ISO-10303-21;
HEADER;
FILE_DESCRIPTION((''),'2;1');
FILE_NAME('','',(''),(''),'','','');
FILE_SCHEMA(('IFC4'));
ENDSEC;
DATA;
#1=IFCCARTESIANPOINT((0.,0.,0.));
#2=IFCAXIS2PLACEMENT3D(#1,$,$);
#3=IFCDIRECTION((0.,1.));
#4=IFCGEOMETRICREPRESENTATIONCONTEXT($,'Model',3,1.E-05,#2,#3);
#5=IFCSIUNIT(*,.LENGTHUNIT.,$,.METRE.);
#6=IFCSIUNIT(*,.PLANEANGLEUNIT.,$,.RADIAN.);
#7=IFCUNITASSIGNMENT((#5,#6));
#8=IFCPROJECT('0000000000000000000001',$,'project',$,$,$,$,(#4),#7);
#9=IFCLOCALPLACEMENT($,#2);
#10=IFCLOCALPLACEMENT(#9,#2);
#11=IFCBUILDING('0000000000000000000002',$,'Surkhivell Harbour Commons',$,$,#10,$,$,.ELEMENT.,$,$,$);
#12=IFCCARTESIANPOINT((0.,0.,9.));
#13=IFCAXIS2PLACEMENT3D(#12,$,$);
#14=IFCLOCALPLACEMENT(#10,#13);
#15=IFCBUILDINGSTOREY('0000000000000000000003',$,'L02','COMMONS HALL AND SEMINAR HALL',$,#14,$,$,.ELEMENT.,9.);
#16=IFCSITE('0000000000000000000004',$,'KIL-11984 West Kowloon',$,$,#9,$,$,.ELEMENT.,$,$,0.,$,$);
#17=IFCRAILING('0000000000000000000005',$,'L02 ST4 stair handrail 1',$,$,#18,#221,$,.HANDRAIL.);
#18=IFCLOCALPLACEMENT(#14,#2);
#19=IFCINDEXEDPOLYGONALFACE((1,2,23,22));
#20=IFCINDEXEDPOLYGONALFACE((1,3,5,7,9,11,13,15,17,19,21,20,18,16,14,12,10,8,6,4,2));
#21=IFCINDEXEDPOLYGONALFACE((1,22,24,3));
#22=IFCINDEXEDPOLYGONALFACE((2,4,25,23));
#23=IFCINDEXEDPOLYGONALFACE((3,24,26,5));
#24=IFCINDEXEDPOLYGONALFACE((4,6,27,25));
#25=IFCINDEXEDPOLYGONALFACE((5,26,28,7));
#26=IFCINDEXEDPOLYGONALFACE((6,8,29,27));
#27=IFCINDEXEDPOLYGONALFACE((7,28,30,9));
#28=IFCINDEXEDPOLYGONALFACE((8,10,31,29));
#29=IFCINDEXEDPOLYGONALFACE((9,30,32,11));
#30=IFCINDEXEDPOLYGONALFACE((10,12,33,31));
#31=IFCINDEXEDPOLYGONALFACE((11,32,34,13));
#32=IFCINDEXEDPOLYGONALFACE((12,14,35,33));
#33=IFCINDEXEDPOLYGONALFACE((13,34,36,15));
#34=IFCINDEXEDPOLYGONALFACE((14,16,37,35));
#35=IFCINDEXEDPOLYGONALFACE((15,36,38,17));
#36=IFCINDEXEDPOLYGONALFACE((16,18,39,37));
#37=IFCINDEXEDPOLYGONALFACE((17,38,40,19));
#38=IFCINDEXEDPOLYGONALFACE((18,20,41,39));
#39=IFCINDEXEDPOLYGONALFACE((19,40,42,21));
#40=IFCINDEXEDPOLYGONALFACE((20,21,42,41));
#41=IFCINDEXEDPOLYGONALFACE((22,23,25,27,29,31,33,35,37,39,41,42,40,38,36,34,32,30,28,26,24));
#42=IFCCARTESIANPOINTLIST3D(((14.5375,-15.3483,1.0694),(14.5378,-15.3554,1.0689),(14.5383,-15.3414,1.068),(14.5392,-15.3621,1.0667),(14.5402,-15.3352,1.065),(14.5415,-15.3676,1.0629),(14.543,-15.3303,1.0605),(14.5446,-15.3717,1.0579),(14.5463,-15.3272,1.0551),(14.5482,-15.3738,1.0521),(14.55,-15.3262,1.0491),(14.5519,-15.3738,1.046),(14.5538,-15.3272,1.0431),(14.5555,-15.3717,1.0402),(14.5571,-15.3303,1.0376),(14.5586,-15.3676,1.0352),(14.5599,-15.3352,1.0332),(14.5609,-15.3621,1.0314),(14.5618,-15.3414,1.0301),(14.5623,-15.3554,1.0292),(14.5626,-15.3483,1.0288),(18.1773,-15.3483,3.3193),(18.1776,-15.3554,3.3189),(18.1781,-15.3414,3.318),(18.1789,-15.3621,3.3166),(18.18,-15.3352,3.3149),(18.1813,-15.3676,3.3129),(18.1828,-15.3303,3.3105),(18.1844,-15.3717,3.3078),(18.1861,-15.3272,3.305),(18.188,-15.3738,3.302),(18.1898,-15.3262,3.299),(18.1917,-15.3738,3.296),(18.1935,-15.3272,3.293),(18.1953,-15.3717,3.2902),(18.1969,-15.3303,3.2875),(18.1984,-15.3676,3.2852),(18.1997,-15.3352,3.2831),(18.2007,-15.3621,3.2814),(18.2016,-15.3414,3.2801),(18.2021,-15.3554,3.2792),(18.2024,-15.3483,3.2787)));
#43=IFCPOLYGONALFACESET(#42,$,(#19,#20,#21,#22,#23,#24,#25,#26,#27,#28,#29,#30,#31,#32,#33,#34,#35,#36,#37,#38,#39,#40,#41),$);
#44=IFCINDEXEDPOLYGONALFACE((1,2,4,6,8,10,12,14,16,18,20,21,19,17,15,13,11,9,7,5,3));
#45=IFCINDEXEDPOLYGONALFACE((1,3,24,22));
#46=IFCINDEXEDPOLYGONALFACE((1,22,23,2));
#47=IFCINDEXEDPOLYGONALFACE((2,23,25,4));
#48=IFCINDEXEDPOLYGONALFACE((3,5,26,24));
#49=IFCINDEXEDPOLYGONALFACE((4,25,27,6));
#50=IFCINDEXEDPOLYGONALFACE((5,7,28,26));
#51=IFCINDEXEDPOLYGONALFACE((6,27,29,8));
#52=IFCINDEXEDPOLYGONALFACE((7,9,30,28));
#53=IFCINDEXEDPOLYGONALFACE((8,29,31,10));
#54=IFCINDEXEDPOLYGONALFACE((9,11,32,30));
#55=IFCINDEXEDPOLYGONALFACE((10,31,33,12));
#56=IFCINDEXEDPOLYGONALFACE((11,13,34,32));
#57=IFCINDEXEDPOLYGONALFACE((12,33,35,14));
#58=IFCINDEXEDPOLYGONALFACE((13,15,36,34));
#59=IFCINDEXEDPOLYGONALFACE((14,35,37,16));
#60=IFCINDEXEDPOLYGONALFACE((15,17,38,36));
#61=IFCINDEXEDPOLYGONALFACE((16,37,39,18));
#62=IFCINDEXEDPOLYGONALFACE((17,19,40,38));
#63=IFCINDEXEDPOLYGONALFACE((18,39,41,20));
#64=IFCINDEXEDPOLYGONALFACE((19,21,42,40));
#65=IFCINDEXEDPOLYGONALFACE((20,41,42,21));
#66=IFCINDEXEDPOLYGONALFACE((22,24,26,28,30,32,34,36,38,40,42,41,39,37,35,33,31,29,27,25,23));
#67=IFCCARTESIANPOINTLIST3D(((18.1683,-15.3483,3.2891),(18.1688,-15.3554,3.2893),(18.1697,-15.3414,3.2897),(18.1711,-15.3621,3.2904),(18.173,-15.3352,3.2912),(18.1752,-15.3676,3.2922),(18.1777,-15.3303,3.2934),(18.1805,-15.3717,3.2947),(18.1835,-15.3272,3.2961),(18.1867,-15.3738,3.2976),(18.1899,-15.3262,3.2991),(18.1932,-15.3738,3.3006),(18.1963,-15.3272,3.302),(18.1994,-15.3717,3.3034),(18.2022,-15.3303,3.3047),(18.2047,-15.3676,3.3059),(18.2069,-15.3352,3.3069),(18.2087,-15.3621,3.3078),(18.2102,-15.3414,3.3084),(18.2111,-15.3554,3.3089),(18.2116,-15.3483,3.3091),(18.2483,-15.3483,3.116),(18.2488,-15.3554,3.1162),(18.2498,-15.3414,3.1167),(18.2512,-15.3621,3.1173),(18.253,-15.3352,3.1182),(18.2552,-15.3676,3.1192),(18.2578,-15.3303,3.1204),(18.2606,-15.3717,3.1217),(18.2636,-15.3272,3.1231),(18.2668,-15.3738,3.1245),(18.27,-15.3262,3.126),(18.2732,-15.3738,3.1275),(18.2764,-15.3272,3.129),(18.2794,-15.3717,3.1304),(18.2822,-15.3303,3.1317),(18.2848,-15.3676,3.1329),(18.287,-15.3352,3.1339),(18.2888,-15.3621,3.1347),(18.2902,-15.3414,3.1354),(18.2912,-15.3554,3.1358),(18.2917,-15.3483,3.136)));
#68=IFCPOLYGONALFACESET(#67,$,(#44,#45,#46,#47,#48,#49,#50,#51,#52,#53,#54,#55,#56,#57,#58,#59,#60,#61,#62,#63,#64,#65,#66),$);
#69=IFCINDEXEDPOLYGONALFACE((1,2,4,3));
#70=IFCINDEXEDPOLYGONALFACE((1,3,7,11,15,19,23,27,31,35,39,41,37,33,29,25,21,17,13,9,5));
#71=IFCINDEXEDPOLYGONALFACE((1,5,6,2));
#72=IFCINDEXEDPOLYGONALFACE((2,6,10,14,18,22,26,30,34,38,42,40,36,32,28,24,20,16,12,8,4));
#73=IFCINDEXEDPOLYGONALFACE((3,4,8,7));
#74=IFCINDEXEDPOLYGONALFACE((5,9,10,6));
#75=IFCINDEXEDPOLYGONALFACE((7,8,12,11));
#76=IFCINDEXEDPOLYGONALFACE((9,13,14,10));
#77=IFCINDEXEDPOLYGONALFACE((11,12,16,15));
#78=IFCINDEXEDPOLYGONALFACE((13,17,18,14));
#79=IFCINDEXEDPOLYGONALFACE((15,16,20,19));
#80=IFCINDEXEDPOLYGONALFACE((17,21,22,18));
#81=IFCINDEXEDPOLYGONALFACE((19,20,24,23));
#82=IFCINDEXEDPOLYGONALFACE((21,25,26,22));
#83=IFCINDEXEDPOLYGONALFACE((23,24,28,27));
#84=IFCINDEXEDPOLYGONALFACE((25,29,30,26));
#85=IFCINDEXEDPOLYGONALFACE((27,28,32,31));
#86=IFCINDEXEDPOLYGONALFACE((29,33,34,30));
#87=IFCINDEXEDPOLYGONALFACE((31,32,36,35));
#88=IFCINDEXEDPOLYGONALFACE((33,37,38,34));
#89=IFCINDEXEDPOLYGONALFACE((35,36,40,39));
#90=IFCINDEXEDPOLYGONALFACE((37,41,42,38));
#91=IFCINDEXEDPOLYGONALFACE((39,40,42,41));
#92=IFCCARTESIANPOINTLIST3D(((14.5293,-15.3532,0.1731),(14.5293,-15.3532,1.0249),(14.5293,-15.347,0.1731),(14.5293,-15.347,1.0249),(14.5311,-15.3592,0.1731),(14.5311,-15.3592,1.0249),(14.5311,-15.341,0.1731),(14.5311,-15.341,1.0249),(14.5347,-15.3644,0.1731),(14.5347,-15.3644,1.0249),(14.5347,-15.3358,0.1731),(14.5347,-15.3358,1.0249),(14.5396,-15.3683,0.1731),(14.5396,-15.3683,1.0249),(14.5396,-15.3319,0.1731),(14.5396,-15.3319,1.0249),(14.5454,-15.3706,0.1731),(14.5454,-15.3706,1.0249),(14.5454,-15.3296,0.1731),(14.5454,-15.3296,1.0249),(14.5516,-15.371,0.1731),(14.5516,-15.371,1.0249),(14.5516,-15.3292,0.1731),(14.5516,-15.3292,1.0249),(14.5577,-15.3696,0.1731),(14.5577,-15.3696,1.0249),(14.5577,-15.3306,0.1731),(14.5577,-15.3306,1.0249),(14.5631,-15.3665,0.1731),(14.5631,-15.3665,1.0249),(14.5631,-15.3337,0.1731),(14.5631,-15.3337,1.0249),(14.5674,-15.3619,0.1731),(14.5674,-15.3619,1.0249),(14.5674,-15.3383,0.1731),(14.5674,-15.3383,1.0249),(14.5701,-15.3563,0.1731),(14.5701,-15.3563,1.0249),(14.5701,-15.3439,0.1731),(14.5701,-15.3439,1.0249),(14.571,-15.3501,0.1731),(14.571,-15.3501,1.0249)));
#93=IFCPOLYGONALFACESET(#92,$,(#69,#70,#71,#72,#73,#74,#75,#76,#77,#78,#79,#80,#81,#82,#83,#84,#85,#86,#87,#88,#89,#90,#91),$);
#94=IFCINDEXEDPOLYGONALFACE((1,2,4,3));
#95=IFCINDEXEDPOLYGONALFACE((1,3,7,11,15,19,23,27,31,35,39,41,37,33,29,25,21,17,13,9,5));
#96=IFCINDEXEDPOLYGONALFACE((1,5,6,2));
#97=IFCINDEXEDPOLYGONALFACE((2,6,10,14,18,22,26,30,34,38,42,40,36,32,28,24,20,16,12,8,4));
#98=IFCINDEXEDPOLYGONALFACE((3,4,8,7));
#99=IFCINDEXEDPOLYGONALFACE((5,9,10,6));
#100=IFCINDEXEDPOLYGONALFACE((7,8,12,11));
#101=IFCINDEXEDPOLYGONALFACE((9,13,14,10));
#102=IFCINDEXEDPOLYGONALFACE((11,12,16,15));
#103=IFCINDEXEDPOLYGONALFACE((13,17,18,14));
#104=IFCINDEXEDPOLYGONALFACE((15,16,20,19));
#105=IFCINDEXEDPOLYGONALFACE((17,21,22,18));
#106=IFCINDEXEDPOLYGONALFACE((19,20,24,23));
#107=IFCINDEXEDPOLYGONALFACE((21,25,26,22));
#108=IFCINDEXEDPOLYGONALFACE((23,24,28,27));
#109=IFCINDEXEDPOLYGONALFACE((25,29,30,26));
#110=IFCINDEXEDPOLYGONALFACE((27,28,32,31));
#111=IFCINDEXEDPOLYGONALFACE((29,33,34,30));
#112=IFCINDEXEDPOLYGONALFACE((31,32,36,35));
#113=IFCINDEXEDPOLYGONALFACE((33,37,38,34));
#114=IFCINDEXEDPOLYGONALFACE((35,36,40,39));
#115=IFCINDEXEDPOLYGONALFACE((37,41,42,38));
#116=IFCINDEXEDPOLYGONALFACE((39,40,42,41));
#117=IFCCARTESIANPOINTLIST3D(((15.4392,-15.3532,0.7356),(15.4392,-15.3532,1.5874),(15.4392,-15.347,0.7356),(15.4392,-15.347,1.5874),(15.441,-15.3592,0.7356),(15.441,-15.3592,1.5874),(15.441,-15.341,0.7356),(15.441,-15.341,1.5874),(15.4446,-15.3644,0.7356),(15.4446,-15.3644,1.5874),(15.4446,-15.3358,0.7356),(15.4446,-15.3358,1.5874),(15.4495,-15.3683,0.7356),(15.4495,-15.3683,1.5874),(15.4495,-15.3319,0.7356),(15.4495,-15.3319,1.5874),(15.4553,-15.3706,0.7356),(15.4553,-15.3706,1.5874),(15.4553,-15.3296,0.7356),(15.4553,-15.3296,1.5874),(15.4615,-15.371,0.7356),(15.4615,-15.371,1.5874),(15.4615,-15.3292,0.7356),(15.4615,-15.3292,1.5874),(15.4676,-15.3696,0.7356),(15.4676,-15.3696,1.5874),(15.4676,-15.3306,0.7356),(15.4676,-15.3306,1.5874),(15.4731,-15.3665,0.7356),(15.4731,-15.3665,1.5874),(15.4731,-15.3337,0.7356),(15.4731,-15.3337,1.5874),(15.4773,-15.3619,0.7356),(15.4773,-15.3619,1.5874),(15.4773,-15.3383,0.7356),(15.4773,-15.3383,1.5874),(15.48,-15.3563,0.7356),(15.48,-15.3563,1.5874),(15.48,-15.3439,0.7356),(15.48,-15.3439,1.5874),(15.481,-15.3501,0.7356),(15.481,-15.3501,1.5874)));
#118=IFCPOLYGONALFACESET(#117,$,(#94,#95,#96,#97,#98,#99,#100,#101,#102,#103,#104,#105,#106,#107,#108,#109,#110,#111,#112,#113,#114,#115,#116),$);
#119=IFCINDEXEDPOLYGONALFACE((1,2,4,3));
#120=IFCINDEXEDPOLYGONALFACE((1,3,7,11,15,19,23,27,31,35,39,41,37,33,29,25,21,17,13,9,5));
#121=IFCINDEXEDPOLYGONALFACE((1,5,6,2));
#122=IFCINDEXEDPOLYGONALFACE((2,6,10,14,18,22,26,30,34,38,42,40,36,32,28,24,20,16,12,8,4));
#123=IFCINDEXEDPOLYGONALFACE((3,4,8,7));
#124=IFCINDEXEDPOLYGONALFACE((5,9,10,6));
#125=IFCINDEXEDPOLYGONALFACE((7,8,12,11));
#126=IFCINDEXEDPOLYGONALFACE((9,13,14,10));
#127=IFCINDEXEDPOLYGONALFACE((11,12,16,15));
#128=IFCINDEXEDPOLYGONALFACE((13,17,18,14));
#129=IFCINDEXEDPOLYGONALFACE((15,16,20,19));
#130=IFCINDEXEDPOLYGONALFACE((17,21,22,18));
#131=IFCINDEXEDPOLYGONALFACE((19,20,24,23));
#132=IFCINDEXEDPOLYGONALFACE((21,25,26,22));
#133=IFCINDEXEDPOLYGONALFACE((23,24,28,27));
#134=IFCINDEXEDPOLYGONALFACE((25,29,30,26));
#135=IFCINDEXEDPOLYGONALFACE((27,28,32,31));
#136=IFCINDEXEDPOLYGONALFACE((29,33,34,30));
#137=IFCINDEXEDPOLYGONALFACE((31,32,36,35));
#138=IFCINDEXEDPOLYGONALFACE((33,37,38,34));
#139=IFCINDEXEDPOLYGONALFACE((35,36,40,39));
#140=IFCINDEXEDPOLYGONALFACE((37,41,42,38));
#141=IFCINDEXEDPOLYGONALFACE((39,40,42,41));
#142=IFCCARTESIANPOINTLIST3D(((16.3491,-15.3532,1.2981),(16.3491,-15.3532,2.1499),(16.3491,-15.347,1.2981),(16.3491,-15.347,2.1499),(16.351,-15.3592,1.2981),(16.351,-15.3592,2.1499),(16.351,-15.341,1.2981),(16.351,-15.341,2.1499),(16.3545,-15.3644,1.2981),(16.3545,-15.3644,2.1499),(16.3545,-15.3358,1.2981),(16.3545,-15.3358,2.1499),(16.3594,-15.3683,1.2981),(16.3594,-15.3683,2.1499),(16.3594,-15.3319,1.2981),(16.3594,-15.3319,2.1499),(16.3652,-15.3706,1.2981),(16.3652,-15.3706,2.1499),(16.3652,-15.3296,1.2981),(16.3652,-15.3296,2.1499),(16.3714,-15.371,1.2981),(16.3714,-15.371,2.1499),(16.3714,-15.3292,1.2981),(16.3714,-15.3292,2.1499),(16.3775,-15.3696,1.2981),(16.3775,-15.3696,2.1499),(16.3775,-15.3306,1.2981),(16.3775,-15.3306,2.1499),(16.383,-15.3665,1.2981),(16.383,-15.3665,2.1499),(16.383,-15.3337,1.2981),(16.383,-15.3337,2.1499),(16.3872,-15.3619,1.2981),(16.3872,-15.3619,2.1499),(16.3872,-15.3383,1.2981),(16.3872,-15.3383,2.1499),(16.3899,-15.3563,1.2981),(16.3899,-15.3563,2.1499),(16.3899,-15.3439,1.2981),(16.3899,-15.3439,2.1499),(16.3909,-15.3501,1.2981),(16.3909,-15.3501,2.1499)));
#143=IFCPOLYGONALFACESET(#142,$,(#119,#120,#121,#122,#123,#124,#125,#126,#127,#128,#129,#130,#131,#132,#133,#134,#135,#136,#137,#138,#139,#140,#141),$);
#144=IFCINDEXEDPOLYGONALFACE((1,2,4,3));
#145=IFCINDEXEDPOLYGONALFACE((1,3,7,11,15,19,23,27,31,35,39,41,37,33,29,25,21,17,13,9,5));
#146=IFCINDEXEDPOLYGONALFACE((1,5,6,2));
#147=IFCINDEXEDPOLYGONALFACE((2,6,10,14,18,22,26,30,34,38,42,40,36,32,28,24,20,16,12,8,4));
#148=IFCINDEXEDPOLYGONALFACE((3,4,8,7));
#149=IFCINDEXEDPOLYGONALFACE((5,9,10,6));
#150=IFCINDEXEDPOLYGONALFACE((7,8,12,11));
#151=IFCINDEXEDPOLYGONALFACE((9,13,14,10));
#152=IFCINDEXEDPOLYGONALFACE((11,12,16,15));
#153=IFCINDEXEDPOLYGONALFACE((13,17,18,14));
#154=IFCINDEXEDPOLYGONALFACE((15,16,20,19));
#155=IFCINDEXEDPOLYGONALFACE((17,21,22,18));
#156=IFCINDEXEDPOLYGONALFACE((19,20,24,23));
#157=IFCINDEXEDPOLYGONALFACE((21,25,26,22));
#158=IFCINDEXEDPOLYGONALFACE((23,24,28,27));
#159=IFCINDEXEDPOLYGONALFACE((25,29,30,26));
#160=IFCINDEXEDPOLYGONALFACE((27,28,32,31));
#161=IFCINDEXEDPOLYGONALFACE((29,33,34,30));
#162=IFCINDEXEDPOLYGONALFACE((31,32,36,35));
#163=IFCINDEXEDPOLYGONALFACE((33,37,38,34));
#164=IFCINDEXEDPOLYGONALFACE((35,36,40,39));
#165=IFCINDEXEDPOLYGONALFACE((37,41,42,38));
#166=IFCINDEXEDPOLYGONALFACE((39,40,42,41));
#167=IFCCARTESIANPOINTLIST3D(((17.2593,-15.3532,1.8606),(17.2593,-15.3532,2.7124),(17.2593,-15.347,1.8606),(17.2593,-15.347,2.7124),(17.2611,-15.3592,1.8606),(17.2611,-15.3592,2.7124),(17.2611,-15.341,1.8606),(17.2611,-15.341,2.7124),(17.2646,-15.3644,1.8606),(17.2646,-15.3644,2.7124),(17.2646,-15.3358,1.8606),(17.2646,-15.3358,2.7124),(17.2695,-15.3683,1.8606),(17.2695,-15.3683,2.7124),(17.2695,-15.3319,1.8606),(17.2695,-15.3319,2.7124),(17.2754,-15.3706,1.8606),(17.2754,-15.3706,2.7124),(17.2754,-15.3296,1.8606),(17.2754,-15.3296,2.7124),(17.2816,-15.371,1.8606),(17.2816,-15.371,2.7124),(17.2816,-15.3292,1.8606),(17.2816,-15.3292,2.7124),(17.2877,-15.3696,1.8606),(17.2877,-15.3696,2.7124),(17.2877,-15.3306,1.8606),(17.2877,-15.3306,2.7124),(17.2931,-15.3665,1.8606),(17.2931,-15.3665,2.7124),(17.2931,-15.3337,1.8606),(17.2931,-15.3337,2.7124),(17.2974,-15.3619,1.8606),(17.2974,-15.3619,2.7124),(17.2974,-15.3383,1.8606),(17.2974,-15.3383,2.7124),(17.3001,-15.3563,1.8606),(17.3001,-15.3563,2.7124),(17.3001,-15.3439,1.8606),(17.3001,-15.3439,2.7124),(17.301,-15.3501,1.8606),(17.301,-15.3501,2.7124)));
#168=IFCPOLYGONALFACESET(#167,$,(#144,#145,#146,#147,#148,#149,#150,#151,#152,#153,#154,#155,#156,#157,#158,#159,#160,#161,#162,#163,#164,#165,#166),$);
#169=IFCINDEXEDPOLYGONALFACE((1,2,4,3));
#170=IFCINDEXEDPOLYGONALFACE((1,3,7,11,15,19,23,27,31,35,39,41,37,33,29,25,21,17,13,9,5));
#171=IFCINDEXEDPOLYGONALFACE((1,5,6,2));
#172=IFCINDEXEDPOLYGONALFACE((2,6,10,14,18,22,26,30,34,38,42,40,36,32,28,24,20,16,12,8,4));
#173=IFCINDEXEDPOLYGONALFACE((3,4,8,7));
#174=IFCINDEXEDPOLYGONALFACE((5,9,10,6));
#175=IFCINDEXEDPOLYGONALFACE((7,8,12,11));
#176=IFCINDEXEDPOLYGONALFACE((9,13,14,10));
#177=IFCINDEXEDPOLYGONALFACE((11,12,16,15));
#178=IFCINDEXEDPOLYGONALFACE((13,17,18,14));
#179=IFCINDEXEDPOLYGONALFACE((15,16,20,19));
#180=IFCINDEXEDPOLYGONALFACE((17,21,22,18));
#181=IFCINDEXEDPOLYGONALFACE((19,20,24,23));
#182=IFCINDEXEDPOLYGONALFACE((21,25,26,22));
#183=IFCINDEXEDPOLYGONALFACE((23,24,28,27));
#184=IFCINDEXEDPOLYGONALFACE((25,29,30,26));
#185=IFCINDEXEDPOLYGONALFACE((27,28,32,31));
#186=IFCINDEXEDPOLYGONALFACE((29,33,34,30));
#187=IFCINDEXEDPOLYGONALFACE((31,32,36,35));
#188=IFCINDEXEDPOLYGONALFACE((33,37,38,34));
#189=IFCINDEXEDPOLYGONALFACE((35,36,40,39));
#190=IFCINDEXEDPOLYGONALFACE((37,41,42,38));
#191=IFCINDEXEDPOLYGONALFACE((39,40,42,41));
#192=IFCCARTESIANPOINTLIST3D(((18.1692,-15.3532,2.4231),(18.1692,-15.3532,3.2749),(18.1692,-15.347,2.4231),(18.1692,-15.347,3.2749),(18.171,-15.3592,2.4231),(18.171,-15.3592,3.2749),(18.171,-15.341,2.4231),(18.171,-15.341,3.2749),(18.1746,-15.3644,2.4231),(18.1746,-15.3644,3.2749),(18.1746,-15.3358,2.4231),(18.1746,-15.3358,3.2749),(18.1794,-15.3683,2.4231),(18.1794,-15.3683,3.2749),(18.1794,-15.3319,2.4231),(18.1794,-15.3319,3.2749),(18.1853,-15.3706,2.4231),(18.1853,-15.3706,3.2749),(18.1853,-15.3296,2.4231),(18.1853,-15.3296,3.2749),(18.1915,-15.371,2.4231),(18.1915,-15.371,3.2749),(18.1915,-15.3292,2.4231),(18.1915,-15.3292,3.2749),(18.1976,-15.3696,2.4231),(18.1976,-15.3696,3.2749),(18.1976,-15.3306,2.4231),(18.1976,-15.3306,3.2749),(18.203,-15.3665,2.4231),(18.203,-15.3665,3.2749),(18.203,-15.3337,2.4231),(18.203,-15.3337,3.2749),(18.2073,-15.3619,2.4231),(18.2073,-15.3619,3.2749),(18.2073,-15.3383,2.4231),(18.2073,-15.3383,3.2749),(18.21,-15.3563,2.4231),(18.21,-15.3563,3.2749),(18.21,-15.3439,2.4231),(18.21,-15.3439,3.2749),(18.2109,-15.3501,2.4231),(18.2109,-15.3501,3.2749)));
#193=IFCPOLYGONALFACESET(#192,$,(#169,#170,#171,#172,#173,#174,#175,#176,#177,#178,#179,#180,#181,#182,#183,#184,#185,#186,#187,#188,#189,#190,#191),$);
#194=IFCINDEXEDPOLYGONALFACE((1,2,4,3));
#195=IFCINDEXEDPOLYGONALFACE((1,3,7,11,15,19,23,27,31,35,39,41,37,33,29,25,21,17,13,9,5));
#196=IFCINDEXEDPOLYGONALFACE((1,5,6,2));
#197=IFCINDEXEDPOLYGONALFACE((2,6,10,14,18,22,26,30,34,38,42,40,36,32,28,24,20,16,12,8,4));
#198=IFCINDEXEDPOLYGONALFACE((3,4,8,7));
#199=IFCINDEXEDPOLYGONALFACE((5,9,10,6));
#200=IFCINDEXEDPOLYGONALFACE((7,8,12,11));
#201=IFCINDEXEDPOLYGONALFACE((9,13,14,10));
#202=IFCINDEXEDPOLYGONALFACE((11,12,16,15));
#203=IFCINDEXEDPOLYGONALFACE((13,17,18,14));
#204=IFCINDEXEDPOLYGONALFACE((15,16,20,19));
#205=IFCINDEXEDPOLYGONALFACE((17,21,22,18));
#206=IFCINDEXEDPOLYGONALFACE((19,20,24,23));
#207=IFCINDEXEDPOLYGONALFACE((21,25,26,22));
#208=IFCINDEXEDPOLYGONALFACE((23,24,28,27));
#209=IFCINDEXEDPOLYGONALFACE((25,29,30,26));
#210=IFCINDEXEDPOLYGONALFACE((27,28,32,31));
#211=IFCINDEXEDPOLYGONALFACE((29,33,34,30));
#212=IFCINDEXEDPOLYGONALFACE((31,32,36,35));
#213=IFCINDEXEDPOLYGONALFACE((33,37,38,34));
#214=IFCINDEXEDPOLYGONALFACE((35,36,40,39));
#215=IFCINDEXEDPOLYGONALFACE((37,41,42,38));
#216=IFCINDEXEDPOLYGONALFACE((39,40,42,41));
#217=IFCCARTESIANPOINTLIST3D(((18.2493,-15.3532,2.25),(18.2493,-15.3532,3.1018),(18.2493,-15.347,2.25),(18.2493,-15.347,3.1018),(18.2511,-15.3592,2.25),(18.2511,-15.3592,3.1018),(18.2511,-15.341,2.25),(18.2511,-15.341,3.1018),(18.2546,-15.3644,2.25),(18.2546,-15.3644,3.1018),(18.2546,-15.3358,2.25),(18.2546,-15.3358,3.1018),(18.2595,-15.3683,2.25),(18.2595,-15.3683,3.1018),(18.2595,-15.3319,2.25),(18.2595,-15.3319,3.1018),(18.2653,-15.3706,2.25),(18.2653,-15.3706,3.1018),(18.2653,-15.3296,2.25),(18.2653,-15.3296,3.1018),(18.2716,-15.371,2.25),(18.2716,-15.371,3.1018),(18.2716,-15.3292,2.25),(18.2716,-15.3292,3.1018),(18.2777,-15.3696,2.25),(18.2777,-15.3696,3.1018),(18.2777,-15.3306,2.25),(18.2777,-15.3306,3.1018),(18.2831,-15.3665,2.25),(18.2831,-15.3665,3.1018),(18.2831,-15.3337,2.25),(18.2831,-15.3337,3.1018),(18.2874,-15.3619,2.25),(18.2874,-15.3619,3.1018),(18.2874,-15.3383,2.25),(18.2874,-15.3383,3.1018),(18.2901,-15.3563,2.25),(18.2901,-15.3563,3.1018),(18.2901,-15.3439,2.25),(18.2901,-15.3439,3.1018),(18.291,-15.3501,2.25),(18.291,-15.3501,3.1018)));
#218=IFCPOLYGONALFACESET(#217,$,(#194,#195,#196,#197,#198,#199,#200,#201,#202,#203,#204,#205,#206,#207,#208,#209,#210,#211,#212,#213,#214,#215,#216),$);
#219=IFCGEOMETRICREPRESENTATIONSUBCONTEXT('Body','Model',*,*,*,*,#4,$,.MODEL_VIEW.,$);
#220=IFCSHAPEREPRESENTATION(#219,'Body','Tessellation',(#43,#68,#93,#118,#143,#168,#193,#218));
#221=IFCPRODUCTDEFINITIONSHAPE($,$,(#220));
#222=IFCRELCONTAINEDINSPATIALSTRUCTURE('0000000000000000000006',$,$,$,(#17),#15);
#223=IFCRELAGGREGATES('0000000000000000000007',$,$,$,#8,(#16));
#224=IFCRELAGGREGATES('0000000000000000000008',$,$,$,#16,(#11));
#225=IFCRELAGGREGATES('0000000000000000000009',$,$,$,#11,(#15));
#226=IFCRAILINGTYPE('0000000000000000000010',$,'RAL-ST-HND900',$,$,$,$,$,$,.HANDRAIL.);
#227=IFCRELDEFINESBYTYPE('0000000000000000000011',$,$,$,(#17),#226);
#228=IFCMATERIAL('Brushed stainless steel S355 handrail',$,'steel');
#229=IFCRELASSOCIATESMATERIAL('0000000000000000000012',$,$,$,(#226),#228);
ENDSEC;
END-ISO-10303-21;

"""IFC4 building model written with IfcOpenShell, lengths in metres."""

from ifc_helpers import new_model, si_unit, direction, frame, origin, origin_2d, place, context, subcontext, project, spatial, circle, extrude, material, type_object, element, save


model = new_model("IFC4")

# Units and contexts
model_context = context("Model", 3, precision=1e-05, world=origin(), true_north=direction((0.0, 1.0)))
body_context = subcontext(model_context, "Body", "Model", "MODEL_VIEW")
ifc_project = project(units=[si_unit("LENGTHUNIT", "METRE"), si_unit("PLANEANGLEUNIT", "RADIAN")], contexts=[model_context])

# Site, building, storey
site_placement = place(None, origin())
site = spatial("IfcSite", under=ifc_project, at=site_placement, Name="KIL-11984 West Kowloon", CompositionType="ELEMENT", RefElevation=0.0)
building_placement = place(site_placement, origin())
building = spatial("IfcBuilding", under=site, at=building_placement, Name="Surkhivell Harbour Commons", CompositionType="ELEMENT")
storey_placement = place(building_placement, frame((0.0, 0.0, 9.0)))
storey = spatial("IfcBuildingStorey", under=building, at=storey_placement, Name="L02", Description="COMMONS HALL AND SEMINAR HALL", CompositionType="ELEMENT", Elevation=9.0)

# Railing
ifc_material_1 = material(Name="Brushed stainless steel S355 handrail", Category="steel")
railing_type_1 = type_object("IfcRailingType", Name="RAL-ST-HND900", PredefinedType="HANDRAIL", material=ifc_material_1)
railing_1_placement = place(storey_placement, frame((14.55, -15.3501, 0.1731)))
element("IfcRailing", 1, at=railing_1_placement, inside=storey, type_object=railing_type_1, Name="L02 ST4 stair handrail 1", PredefinedType="HANDRAIL", context=body_context, shape_type="SweptSolid", body=[
    extrude(circle(Radius=0.0239, at=origin_2d()), frame((0.0, 0.0, 0.876), z_axis=(0.850607, 0.0, 0.525803), x_axis=(0.0, 1.0, 0.0)), (0.0, 0.0, 1.0), 4.2791),
    extrude(circle(Radius=0.0239, at=origin_2d()), frame((3.6399, 0.0, 3.126), z_axis=(0.41987, 0.0, -0.907584), x_axis=(0.0, 1.0, 0.0)), (0.0, 0.0, 1.0), 0.1907),
    extrude(circle(Radius=0.021, at=origin_2d()), origin(), (0.0, 0.0, 1.0), 0.8518),
    extrude(circle(Radius=0.021, at=origin_2d()), frame((0.9099, 0.0, 0.5625)), (0.0, 0.0, 1.0), 0.8518),
    extrude(circle(Radius=0.021, at=origin_2d()), frame((1.8198, 0.0, 1.125)), (0.0, 0.0, 1.0), 0.8518),
    extrude(circle(Radius=0.021, at=origin_2d()), frame((2.73, 0.0, 1.6875)), (0.0, 0.0, 1.0), 0.8518),
    extrude(circle(Radius=0.021, at=origin_2d()), frame((3.6399, 0.0, 2.25)), (0.0, 0.0, 1.0), 0.8518),
    extrude(circle(Radius=0.021, at=origin_2d()), frame((3.72, 0.0, 2.0769)), (0.0, 0.0, 1.0), 0.8518),
])

save(model, "model.ifc")
